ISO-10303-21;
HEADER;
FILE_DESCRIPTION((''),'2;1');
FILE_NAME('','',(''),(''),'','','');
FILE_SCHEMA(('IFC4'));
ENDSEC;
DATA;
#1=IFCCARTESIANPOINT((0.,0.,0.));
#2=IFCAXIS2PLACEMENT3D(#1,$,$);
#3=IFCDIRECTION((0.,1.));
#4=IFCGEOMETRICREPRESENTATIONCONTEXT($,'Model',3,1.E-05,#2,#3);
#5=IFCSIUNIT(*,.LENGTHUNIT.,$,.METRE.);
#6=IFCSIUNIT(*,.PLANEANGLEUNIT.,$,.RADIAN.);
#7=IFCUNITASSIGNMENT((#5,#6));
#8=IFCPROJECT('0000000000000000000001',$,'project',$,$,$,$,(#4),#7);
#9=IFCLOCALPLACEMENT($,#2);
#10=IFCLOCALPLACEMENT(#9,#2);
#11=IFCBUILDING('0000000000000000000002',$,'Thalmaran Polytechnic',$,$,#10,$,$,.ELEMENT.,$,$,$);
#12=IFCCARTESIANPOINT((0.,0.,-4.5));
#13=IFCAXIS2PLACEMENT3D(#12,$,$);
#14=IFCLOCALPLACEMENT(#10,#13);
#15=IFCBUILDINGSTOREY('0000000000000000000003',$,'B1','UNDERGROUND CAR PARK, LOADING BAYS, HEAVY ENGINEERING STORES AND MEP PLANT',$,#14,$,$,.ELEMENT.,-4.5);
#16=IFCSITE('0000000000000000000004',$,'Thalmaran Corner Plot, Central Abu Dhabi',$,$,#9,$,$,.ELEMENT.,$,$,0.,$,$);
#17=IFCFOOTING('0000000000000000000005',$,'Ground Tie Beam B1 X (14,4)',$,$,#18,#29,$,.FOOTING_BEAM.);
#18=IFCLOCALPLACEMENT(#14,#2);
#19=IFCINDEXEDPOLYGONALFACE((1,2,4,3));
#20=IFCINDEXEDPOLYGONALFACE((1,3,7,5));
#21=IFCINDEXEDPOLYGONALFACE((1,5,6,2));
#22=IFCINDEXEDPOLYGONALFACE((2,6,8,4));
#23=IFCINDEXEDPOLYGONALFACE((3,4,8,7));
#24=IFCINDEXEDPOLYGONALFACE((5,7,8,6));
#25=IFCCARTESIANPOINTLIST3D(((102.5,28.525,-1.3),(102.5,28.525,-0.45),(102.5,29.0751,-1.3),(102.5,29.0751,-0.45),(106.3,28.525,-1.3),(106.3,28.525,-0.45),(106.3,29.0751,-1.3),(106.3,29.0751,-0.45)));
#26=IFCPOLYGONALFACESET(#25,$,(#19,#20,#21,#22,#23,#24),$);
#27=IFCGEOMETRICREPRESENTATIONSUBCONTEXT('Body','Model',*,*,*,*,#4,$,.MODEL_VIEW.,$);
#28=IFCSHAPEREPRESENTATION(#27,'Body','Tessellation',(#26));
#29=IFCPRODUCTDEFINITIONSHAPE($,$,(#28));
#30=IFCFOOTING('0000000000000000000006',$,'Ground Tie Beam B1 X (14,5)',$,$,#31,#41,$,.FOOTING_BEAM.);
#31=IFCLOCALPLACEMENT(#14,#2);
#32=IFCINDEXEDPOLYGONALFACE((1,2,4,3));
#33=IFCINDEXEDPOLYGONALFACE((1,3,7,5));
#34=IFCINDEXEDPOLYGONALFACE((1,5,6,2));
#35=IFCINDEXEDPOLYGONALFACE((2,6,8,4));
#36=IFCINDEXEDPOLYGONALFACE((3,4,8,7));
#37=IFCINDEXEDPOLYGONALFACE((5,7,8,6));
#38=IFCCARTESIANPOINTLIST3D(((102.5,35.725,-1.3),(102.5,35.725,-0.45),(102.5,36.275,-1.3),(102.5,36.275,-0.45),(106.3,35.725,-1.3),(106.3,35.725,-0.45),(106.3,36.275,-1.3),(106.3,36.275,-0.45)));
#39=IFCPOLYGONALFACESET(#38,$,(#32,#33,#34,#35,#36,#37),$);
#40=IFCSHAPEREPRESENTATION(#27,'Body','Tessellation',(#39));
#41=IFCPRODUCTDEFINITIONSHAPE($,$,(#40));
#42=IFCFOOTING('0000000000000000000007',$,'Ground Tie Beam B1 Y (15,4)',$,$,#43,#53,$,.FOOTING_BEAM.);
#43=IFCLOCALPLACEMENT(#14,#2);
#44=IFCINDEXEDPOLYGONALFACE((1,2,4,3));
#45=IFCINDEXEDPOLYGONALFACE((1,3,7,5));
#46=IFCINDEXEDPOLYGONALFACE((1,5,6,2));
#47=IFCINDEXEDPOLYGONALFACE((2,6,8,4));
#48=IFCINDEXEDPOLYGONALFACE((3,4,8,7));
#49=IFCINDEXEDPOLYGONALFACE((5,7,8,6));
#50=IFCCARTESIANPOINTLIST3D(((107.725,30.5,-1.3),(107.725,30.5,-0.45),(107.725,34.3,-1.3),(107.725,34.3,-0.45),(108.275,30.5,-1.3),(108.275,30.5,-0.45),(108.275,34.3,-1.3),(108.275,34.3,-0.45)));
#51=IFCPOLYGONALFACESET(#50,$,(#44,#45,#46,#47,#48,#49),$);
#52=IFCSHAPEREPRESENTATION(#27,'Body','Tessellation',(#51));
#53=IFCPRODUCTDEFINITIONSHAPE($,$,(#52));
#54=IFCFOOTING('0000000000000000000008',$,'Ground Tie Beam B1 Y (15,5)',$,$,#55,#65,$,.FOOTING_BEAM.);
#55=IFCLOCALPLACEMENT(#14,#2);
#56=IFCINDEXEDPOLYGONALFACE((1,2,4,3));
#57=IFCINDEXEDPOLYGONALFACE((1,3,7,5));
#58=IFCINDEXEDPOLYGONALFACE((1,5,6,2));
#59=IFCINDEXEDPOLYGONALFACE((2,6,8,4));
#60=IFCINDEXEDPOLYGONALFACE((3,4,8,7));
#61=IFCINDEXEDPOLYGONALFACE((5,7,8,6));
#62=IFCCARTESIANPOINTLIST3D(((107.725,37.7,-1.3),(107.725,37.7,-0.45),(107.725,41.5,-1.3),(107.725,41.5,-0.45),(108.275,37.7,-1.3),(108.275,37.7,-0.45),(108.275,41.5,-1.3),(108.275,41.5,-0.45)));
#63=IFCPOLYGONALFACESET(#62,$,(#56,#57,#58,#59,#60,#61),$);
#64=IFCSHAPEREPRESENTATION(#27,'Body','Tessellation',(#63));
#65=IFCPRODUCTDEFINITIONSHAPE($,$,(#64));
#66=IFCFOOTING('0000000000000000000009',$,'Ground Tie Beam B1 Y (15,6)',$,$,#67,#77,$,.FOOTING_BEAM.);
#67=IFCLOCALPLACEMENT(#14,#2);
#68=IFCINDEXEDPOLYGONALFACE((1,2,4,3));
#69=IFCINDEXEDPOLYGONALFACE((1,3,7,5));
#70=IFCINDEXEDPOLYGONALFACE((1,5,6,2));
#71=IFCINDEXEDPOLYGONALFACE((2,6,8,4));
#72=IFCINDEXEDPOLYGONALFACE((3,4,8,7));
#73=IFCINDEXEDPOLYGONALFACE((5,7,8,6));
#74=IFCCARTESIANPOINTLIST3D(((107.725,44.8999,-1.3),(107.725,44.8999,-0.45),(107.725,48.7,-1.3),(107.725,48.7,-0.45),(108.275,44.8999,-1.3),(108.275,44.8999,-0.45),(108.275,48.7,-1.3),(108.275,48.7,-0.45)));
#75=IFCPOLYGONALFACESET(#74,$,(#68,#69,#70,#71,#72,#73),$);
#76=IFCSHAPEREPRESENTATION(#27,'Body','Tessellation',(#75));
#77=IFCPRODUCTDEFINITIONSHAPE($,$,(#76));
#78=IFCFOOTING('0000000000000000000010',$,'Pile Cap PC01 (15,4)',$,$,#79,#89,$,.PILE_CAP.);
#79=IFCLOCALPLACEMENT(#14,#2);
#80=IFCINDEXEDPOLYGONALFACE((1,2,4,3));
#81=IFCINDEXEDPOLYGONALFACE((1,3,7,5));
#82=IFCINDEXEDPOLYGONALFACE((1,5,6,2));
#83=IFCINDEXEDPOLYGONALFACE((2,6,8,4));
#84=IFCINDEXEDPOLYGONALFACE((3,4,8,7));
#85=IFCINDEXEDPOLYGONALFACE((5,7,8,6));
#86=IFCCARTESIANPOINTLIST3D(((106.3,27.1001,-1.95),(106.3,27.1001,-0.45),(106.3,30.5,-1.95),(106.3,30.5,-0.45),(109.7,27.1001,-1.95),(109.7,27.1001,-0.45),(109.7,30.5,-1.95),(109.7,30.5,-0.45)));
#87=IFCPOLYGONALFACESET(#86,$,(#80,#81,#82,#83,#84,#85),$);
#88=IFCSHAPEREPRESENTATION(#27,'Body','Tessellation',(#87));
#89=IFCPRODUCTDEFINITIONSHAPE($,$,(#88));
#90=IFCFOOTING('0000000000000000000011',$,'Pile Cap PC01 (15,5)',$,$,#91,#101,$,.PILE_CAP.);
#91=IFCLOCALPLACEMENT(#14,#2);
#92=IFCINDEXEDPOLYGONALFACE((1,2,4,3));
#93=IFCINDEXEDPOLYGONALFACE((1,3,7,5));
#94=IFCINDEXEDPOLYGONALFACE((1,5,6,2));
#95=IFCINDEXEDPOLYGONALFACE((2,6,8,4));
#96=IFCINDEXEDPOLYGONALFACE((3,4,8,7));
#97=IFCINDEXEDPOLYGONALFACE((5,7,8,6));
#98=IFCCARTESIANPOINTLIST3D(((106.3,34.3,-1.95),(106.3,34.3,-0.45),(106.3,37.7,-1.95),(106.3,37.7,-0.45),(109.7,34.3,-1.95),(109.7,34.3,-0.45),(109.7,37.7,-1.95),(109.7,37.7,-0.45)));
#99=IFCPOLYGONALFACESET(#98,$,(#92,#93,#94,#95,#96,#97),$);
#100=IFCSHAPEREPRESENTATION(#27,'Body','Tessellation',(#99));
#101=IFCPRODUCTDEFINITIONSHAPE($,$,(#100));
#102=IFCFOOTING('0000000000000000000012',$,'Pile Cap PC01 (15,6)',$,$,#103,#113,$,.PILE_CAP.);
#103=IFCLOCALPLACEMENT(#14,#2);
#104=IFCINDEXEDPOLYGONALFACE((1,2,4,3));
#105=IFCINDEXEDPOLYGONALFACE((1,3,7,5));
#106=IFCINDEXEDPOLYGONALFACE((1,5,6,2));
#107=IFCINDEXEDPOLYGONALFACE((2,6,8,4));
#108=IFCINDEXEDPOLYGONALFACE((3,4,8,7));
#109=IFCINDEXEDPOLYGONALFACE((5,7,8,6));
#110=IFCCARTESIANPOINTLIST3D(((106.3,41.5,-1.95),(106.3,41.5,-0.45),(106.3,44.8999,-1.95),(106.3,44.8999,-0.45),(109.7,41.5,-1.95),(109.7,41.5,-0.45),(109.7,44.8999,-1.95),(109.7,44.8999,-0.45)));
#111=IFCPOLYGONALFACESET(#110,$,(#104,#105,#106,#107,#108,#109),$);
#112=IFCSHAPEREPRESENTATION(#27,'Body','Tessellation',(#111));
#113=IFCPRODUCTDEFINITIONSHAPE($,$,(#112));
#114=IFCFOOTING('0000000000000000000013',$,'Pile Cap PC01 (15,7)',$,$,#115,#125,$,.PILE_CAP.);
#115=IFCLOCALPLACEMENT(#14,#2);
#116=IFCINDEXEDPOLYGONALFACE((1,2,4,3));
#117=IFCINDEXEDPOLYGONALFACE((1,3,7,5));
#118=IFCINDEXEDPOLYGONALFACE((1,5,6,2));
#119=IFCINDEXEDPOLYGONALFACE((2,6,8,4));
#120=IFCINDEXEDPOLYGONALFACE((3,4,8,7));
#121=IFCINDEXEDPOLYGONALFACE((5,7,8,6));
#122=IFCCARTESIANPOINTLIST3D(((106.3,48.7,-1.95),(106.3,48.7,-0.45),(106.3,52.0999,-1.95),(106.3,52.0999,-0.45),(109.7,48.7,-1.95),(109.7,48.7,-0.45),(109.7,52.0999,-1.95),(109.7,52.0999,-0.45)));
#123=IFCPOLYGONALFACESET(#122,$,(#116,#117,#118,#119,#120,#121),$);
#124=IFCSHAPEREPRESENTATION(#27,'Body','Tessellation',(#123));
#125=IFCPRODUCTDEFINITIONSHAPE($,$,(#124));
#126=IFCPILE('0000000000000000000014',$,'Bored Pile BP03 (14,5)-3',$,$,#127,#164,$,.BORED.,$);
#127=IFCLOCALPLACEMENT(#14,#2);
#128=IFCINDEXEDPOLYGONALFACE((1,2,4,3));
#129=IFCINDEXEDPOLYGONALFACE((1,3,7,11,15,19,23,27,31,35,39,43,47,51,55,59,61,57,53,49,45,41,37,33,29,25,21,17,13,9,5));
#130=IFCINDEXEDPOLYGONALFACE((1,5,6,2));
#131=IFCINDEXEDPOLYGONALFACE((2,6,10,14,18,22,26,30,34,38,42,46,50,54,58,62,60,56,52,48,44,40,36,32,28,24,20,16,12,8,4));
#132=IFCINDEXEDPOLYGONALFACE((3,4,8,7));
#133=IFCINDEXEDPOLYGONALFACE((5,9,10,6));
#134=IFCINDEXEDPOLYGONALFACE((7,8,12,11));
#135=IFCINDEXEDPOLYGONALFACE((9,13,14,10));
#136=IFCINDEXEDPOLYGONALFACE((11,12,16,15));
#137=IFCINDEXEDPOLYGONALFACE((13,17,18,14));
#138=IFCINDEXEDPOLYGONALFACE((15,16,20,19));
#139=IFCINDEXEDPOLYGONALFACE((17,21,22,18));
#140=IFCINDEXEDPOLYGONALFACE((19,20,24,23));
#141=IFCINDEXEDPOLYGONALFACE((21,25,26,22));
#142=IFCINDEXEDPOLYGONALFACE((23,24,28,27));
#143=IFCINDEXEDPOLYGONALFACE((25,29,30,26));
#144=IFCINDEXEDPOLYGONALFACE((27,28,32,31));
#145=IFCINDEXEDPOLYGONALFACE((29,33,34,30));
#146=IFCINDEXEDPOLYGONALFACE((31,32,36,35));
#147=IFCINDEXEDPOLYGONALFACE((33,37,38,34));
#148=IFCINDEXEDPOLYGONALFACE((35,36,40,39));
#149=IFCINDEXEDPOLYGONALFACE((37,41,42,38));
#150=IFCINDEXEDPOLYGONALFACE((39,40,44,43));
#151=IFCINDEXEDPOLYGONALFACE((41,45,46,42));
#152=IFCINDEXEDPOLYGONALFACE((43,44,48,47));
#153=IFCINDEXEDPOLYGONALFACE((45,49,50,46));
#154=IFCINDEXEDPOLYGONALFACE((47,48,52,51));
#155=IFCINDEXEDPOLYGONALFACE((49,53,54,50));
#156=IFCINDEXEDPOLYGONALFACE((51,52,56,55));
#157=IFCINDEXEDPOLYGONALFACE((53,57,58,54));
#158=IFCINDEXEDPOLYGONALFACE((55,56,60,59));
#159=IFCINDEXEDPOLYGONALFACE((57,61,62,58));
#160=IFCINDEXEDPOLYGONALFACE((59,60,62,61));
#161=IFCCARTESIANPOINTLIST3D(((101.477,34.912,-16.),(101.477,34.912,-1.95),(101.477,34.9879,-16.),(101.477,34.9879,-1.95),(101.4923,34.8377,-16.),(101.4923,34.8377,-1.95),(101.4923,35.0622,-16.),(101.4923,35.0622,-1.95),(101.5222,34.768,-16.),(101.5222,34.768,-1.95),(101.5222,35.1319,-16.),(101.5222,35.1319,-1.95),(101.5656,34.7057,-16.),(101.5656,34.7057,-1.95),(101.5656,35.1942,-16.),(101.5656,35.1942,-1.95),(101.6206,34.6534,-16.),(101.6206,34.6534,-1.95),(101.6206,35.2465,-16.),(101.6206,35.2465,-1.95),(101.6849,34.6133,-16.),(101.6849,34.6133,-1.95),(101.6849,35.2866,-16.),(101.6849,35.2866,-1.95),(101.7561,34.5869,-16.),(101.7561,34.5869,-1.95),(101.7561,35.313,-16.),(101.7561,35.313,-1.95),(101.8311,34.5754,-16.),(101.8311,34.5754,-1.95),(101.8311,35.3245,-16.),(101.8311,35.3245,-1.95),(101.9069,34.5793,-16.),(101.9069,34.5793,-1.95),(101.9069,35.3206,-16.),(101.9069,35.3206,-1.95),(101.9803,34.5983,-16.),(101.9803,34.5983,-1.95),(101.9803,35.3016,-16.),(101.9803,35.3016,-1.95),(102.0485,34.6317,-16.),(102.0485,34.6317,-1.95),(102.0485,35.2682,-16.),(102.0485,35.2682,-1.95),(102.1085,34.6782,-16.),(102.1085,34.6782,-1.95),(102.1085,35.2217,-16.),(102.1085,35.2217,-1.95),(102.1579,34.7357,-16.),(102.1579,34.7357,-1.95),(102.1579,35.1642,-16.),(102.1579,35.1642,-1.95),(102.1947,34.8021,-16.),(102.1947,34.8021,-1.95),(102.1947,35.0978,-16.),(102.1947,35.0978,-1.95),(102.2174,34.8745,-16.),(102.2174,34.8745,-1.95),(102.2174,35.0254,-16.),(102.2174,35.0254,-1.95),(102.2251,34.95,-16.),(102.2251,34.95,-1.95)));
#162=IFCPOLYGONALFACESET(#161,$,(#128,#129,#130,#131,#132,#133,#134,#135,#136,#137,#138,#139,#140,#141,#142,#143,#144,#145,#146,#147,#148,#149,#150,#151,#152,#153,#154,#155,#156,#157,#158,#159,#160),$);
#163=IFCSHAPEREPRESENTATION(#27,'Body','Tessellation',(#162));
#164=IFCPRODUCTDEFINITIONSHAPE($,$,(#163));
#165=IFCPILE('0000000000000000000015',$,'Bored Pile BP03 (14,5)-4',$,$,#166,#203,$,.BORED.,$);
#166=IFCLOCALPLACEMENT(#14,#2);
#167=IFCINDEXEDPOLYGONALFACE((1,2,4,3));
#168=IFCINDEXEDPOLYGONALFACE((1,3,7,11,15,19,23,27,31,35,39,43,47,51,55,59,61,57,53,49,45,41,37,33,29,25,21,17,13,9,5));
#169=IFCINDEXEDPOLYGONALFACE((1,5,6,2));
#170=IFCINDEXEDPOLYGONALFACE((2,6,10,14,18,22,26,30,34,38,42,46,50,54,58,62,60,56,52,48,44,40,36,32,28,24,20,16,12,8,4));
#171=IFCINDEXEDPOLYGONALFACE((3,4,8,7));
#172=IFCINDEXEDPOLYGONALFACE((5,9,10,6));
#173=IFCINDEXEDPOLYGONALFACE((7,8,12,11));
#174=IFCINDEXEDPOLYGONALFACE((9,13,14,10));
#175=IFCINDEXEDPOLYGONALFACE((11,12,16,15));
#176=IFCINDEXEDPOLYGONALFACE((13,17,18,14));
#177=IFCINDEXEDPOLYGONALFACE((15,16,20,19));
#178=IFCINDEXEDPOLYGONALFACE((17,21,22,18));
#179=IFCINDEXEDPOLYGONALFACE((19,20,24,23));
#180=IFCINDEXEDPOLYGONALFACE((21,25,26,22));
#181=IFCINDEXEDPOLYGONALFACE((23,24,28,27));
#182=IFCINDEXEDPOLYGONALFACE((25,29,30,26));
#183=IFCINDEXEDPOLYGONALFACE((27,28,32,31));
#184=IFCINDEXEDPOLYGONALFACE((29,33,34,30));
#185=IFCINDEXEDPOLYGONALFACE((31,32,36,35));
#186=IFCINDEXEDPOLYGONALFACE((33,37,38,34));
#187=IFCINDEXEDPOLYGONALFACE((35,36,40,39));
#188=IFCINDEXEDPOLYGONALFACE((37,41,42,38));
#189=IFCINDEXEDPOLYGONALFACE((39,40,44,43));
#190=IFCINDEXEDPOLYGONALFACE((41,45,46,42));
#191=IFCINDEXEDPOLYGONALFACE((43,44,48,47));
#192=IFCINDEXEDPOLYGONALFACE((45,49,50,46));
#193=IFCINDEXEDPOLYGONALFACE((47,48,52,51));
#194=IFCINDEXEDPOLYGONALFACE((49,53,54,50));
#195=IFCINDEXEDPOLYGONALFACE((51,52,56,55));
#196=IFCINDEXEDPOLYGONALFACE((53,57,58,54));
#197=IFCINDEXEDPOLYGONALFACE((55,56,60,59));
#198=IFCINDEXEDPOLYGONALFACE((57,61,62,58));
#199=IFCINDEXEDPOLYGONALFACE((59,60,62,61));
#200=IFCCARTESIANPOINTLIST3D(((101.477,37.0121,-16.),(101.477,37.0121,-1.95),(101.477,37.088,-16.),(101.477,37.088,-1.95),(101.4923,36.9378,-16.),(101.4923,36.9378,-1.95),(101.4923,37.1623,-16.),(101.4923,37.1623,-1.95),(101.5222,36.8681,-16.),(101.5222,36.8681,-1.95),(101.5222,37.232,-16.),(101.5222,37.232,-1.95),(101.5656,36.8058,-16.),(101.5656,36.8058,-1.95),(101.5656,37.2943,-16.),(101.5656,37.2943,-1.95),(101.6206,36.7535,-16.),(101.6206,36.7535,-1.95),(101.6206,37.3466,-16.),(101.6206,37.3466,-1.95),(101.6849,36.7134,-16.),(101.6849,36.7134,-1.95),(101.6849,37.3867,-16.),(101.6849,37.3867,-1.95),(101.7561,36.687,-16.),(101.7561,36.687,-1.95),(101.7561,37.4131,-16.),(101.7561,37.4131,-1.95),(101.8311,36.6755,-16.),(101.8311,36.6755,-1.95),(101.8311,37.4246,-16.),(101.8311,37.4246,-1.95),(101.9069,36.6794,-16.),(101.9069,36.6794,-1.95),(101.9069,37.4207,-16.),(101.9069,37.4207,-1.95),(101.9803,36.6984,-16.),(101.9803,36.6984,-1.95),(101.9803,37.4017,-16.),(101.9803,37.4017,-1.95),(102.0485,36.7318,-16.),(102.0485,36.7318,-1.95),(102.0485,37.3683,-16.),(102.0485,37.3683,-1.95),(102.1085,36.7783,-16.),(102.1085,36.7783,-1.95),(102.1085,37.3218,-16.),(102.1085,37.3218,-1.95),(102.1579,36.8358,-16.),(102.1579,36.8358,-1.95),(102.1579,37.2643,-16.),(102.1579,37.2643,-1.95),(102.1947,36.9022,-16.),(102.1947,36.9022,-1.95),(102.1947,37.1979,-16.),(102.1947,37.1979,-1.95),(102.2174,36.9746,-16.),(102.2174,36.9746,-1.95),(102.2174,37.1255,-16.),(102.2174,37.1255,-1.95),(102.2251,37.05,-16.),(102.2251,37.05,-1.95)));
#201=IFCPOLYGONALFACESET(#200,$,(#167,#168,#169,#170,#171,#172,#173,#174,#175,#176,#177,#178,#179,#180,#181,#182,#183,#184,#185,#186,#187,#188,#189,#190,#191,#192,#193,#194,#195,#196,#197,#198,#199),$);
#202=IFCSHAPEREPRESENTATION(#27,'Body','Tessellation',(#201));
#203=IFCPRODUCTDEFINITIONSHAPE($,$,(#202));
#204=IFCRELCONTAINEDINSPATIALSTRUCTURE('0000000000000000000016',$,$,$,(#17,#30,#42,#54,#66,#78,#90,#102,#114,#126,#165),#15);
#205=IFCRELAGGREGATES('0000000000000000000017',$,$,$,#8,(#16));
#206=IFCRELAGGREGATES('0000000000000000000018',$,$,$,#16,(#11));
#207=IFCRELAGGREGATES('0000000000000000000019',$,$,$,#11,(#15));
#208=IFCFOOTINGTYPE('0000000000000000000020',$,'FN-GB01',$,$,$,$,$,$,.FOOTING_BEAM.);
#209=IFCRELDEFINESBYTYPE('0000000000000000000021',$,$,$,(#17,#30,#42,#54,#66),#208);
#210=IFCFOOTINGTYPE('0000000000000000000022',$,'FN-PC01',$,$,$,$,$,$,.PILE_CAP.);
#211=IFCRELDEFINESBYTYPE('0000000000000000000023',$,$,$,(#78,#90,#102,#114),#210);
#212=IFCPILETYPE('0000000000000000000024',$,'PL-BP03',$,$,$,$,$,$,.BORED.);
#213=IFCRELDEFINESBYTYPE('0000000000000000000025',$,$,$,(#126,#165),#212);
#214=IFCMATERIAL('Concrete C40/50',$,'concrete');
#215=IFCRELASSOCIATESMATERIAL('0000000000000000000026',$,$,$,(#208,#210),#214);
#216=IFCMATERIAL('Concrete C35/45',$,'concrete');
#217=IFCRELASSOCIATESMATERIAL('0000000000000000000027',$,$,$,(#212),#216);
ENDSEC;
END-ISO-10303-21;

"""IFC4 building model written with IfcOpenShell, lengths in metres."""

from ifc_helpers import new_model, si_unit, direction, frame, origin, origin_2d, place, context, subcontext, project, spatial, rectangle, circle, extrude, material, material_profile, profile_set, type_object, element, save


model = new_model("IFC4")

# Units and contexts
model_context = context("Model", 3, precision=1e-05, world=origin(), true_north=direction((0.0, 1.0)))
body_context = subcontext(model_context, "Body", "Model", "MODEL_VIEW")
ifc_project = project(units=[si_unit("LENGTHUNIT", "METRE"), si_unit("PLANEANGLEUNIT", "RADIAN")], contexts=[model_context])

# Site, building, storey
site_placement = place(None, origin())
site = spatial("IfcSite", under=ifc_project, at=site_placement, Name="Thalmaran Corner Plot, Central Abu Dhabi", CompositionType="ELEMENT", RefElevation=0.0)
building_placement = place(site_placement, origin())
building = spatial("IfcBuilding", under=site, at=building_placement, Name="Thalmaran Polytechnic", CompositionType="ELEMENT")
storey_placement = place(building_placement, frame((0.0, 0.0, -4.5)))
storey = spatial("IfcBuildingStorey", under=building, at=storey_placement, Name="B1", Description="UNDERGROUND CAR PARK, LOADING BAYS, HEAVY ENGINEERING STORES AND MEP PLANT", CompositionType="ELEMENT", Elevation=-4.5)

# Footings
ifc_material_1 = material(Name="Concrete C40/50", Category="concrete")
ifc_material_profile_1 = material_profile(ifc_material_1, rectangle(XDim=0.55, YDim=0.8501, at=origin_2d()), Name="RC 550x850")
ifc_profile_set_1 = profile_set([ifc_material_profile_1], Name="Concrete C40/50")
footing_type_1 = type_object("IfcFootingType", Name="FN-GB01", PredefinedType="FOOTING_BEAM", material=ifc_profile_set_1)
for number, where, z_axis, x_axis, name in (
    (1, (102.5, 28.8, -0.875), (1.0, 0.0, 0.0), (0.0, 1.0, 0.0), "Ground Tie Beam B1 X (14,4)"),
    (2, (102.5, 36.0, -0.875), (1.0, 0.0, 0.0), (0.0, 1.0, 0.0), "Ground Tie Beam B1 X (14,5)"),
    (3, (108.0, 30.5, -0.875), (0.0, 1.0, 0.0), (-1.0, 0.0, 0.0), "Ground Tie Beam B1 Y (15,4)"),
    (4, (108.0, 37.7, -0.875), (0.0, 1.0, 0.0), (-1.0, 0.0, 0.0), "Ground Tie Beam B1 Y (15,5)"),
    (5, (108.0, 44.8999, -0.875), (0.0, 1.0, 0.0), (-1.0, 0.0, 0.0), "Ground Tie Beam B1 Y (15,6)"),
):
    element("IfcFooting", number, at=place(storey_placement, frame(where, z_axis=z_axis, x_axis=x_axis)), inside=storey, type_object=footing_type_1, Name=name, PredefinedType="FOOTING_BEAM", context=body_context, shape_type="SweptSolid", body=[
        extrude(rectangle(XDim=0.55, YDim=0.8501, at=origin_2d()), origin(), (0.0, 0.0, 1.0), 3.8),
    ])
footing_type_2 = type_object("IfcFootingType", Name="FN-PC01", PredefinedType="PILE_CAP", material=ifc_material_1)
for number, where, z_axis, x_axis, name in (
    (6, (108.0, 28.8, -1.95), (0.0, 0.0, 1.0), (1.0, 0.0, 0.0), "Pile Cap PC01 (15,4)"),
    (7, (108.0, 36.0, -1.95), (0.0, 0.0, 1.0), (1.0, 0.0, 0.0), "Pile Cap PC01 (15,5)"),
    (8, (108.0, 43.2, -1.95), (0.0, 0.0, 1.0), (1.0, 0.0, 0.0), "Pile Cap PC01 (15,6)"),
    (9, (108.0, 50.3999, -1.95), (0.0, 0.0, 1.0), (1.0, 0.0, 0.0), "Pile Cap PC01 (15,7)"),
):
    element("IfcFooting", number, at=place(storey_placement, frame(where, z_axis=z_axis, x_axis=x_axis)), inside=storey, type_object=footing_type_2, Name=name, PredefinedType="PILE_CAP", context=body_context, shape_type="SweptSolid", body=[
        extrude(rectangle(XDim=3.3999, YDim=3.3999, at=origin_2d()), origin(), (0.0, 0.0, 1.0), 1.5),
    ])

# Piles
ifc_material_2 = material(Name="Concrete C35/45", Category="concrete")
ifc_material_profile_2 = material_profile(ifc_material_2, circle(Radius=0.375, at=origin_2d()), Name="RC 750 DIA")
ifc_profile_set_2 = profile_set([ifc_material_profile_2], Name="Concrete C35/45")
pile_type = type_object("IfcPileType", Name="PL-BP03", PredefinedType="BORED", material=ifc_profile_set_2)
for number, where, z_axis, x_axis, name in (
    (10, (101.8501, 34.95, -1.95), (0.0, 0.0, -1.0), (1.0, 0.0, 0.0), "Bored Pile BP03 (14,5)-3"),
    (11, (101.8501, 37.05, -1.95), (0.0, 0.0, -1.0), (1.0, 0.0, 0.0), "Bored Pile BP03 (14,5)-4"),
):
    element("IfcPile", number, at=place(storey_placement, frame(where, z_axis=z_axis, x_axis=x_axis)), inside=storey, type_object=pile_type, Name=name, PredefinedType="BORED", context=body_context, shape_type="SweptSolid", body=[
        extrude(circle(Radius=0.375, at=origin_2d()), origin(), (0.0, 0.0, 1.0), 14.05),
    ])

save(model, "model.ifc")
